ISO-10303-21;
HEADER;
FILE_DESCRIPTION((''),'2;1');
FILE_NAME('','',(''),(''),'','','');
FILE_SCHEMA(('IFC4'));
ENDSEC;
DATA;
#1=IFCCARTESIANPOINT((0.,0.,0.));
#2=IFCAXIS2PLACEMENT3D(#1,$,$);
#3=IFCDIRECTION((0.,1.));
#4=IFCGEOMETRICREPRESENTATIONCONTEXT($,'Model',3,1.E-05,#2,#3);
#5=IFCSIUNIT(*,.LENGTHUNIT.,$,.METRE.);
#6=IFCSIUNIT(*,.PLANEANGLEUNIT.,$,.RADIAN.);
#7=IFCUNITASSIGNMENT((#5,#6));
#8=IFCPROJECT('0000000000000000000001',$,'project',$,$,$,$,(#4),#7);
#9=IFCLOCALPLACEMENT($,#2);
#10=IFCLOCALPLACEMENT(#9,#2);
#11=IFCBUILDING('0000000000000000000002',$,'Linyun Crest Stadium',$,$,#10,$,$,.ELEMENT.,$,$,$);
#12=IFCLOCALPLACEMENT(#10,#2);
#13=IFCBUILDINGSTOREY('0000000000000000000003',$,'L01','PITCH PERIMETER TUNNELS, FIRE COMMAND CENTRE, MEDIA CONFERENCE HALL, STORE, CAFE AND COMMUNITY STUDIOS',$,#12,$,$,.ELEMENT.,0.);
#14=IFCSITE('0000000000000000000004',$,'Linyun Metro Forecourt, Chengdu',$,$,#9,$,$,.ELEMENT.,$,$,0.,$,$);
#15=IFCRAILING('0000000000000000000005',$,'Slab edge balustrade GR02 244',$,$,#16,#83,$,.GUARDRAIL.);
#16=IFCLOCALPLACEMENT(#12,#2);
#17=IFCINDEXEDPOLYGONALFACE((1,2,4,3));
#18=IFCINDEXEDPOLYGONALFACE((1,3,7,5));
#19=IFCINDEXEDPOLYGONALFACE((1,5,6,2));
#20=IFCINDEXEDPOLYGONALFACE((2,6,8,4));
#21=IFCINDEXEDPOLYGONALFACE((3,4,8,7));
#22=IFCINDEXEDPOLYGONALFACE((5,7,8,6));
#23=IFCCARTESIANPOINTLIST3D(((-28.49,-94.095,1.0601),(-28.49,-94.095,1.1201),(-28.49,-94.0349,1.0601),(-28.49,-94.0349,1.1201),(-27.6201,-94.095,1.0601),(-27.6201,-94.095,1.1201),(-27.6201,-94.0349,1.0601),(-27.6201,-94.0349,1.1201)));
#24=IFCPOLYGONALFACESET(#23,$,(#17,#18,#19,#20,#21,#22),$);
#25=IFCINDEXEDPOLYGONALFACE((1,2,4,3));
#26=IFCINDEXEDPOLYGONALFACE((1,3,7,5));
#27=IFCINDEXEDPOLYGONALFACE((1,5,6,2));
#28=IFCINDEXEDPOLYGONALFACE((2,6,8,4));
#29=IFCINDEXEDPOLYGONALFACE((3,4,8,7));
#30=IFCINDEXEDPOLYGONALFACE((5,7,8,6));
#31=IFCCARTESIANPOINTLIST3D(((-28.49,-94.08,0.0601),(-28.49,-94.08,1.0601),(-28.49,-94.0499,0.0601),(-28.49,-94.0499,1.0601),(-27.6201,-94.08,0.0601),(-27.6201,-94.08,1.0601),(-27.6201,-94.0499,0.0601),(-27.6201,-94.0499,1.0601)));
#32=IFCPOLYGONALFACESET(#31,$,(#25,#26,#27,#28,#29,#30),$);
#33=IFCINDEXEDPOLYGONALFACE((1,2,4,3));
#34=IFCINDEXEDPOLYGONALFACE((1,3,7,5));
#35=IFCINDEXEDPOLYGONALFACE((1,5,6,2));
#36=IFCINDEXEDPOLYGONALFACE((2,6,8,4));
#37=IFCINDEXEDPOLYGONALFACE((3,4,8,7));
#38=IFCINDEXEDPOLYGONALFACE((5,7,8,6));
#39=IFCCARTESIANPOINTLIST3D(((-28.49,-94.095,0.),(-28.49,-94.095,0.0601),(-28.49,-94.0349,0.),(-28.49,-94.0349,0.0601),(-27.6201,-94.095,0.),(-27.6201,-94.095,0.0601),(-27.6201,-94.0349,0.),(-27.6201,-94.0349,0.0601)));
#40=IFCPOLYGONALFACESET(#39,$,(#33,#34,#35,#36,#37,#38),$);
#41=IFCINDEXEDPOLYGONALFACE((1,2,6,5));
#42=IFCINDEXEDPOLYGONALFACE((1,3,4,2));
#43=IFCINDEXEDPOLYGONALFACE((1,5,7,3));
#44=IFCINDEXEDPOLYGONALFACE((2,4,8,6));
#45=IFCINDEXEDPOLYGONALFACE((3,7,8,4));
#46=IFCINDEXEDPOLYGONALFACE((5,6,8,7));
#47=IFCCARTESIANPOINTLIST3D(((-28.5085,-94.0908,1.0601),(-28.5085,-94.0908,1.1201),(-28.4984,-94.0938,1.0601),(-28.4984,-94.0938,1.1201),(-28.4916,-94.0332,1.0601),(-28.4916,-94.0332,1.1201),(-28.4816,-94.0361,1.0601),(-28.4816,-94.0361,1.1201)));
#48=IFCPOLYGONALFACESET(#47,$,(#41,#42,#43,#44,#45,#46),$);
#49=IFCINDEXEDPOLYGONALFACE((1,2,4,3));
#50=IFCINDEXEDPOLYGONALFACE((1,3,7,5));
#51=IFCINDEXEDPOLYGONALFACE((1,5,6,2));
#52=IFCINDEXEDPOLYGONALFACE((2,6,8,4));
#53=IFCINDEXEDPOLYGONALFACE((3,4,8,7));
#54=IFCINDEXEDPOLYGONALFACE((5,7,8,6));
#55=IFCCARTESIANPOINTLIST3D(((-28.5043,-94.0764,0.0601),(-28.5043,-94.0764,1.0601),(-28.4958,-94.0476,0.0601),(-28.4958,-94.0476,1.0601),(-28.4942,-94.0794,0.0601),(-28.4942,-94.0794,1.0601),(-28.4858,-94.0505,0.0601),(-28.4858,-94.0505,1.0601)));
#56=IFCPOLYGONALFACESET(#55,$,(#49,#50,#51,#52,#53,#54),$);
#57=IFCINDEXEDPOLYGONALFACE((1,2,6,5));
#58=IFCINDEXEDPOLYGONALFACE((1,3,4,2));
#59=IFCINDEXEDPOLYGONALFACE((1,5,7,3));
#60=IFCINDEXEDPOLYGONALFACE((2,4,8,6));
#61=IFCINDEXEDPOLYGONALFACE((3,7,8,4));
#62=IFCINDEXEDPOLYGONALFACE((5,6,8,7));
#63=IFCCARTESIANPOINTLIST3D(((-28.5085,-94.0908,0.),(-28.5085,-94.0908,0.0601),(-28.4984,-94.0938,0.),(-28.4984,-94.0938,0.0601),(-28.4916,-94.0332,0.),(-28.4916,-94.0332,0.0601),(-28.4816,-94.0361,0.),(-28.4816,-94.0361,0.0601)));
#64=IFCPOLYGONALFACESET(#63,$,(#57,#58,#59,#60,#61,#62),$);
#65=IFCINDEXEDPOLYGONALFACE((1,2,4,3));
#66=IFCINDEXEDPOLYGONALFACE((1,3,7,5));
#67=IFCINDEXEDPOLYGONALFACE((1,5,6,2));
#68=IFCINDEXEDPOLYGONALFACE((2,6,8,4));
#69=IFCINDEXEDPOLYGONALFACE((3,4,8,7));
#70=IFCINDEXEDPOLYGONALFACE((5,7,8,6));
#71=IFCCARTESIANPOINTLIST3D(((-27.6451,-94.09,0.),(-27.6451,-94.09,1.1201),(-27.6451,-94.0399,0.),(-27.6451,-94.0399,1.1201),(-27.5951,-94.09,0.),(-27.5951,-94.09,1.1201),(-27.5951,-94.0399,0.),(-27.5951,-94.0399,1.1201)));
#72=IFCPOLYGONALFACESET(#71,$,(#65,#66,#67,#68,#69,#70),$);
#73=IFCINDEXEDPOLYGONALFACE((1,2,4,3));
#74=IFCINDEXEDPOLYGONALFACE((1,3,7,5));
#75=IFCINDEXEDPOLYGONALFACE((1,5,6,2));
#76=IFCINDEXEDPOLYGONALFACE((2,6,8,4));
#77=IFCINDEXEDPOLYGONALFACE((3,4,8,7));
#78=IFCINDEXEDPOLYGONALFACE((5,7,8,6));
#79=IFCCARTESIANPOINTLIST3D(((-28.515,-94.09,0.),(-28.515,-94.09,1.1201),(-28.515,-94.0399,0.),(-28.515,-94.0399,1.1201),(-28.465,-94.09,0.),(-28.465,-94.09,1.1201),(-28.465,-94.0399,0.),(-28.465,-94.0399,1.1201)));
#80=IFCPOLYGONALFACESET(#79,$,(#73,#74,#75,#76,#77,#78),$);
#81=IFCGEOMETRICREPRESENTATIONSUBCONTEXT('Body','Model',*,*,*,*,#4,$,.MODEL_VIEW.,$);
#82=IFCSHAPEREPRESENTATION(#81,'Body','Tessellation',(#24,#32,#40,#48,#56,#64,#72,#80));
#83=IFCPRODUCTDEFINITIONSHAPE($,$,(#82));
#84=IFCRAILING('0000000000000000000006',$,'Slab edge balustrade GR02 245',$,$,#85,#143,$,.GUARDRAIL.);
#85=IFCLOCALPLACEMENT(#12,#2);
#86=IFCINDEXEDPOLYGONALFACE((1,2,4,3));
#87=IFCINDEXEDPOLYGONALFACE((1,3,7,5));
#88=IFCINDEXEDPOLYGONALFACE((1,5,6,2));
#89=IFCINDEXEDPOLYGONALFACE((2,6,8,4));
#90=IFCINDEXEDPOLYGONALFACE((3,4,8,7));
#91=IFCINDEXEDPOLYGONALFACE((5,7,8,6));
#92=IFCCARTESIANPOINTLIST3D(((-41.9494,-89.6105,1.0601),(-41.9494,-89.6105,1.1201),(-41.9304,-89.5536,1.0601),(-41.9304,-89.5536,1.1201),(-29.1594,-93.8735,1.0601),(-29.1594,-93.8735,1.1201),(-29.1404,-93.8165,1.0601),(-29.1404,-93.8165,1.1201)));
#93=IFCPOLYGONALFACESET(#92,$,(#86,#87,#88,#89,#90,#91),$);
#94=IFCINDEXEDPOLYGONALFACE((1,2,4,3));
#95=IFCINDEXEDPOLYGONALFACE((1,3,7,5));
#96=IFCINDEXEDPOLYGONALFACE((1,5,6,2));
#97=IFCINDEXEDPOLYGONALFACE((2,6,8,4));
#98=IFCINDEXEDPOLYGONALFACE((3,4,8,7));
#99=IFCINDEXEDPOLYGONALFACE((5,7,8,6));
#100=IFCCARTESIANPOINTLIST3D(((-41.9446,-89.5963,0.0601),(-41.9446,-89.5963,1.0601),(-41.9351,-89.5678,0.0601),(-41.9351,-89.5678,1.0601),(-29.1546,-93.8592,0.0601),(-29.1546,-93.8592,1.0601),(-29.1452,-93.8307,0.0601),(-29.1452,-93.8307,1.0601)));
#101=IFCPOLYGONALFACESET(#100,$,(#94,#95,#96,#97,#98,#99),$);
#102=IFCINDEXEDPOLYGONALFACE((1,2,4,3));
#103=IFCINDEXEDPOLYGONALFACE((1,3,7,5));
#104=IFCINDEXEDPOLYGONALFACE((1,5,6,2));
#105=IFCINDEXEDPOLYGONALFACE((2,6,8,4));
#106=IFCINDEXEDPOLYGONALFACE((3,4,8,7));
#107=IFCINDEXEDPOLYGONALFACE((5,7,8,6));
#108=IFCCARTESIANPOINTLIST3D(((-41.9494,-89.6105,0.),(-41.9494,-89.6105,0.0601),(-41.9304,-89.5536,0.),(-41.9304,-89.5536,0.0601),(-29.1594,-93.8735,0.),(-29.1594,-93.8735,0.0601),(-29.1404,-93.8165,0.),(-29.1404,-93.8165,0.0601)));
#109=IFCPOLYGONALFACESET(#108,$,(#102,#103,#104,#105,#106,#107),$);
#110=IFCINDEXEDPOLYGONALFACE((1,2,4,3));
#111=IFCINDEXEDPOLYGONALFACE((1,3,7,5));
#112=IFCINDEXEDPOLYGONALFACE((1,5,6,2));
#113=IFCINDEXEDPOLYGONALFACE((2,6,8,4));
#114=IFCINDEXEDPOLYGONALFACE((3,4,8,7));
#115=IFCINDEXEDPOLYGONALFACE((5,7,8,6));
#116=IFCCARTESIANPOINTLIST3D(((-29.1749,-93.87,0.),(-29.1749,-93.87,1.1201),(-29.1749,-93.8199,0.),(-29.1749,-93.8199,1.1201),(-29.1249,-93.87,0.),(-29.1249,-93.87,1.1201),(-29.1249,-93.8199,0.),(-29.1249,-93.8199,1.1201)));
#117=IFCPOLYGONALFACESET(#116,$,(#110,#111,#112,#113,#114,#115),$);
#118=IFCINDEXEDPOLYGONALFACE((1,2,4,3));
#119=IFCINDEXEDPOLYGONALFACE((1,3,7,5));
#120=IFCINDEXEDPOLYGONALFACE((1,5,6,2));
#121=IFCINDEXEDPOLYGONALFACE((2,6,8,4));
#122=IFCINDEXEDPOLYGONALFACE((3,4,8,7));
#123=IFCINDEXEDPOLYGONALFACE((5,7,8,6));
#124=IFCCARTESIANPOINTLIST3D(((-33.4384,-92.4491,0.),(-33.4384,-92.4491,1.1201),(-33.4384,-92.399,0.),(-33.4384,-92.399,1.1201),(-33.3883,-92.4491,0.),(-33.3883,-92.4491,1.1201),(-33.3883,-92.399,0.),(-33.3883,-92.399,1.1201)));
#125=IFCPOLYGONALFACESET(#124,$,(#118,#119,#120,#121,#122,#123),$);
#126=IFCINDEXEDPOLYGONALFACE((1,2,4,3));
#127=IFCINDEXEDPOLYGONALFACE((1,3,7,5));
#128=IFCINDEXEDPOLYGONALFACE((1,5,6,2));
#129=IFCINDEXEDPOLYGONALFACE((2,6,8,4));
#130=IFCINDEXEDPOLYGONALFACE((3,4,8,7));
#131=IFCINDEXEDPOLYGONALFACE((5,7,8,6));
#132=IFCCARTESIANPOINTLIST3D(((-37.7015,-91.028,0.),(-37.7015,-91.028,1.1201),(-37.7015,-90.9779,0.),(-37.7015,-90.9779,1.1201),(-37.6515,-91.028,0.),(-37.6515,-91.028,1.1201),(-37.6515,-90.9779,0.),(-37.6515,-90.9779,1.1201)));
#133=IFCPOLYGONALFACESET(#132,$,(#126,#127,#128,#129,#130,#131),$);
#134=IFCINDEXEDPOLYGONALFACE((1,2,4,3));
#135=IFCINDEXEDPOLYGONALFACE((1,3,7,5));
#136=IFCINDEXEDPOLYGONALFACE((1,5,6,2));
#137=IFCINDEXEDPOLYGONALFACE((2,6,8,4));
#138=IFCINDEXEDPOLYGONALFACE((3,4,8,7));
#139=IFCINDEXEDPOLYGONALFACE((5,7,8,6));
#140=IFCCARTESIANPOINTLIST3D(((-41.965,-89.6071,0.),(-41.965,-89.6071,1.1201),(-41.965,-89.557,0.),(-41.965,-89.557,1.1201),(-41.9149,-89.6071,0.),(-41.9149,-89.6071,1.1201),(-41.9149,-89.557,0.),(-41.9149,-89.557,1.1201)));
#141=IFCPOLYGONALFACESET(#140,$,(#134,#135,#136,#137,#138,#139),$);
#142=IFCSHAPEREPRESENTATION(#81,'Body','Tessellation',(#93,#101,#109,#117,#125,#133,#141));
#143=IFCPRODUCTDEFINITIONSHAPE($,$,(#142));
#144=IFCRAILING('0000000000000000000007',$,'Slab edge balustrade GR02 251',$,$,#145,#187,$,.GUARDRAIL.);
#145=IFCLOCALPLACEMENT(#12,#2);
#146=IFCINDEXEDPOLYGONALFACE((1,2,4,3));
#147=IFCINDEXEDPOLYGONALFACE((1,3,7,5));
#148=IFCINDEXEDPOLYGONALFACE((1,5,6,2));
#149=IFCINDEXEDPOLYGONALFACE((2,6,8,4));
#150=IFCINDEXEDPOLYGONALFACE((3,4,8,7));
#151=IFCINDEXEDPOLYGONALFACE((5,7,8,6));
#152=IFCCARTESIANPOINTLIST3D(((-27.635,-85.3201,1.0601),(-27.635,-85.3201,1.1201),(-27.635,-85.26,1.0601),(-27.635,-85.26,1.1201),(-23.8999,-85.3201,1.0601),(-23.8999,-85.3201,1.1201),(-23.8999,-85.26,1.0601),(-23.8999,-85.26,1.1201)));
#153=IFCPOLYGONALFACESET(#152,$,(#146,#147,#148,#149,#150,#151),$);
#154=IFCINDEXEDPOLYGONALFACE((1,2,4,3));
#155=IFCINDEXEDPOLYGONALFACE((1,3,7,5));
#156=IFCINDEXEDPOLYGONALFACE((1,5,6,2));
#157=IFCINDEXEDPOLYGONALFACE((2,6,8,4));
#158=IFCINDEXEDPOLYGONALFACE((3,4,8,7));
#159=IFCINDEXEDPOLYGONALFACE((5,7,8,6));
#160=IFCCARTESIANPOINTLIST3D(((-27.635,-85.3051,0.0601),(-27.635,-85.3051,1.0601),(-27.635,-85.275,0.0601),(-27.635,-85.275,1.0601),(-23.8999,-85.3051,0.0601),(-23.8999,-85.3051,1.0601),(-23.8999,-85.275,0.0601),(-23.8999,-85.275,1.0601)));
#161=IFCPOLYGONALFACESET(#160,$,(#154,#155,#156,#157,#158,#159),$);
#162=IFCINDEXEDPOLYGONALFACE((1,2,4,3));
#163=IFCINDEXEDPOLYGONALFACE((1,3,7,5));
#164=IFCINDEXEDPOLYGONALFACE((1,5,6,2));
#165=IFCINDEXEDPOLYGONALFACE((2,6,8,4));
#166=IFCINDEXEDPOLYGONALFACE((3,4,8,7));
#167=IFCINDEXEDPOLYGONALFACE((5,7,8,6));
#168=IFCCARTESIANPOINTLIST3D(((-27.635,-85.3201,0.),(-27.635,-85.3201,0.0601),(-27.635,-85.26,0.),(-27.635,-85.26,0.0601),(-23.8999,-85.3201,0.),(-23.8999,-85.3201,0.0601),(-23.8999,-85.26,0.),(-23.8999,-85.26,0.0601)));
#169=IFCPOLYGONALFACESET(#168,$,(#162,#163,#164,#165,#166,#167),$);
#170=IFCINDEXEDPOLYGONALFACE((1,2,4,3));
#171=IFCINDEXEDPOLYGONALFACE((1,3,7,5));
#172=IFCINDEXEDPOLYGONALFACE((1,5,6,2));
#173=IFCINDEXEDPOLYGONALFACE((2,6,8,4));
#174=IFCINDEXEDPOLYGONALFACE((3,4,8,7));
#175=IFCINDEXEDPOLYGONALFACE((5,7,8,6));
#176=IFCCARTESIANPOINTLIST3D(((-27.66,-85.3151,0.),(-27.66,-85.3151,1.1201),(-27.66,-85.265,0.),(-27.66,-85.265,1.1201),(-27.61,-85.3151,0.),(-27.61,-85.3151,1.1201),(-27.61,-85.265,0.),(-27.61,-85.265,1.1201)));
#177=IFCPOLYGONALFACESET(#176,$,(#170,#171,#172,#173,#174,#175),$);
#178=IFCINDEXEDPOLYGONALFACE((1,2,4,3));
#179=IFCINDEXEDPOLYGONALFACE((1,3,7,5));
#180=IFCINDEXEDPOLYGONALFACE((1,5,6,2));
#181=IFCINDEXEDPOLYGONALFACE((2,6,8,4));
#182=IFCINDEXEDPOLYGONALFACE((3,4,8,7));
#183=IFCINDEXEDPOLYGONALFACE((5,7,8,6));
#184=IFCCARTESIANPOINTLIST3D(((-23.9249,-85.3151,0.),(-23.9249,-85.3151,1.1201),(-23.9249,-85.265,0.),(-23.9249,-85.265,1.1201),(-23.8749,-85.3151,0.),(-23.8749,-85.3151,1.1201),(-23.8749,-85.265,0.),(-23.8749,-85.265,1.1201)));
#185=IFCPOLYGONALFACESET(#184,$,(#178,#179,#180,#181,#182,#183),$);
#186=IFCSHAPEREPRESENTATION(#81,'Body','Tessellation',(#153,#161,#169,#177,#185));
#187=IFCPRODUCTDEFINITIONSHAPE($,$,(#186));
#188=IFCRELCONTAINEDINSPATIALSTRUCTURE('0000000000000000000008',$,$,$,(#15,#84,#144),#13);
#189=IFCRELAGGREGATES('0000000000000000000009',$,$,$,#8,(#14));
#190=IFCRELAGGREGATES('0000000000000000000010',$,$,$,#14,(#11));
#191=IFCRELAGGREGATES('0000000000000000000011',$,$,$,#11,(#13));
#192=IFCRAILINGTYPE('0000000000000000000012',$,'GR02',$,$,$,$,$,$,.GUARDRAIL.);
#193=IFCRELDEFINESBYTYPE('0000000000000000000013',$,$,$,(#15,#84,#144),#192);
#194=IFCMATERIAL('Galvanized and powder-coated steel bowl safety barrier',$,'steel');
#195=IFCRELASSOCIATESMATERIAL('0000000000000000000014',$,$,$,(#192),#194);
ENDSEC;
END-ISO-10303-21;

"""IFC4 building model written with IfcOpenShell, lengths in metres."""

from ifc_helpers import new_model, si_unit, direction, frame, origin, origin_2d, place, context, subcontext, project, spatial, rectangle, extrude, material, type_object, element, save


model = new_model("IFC4")

# Units and contexts
model_context = context("Model", 3, precision=1e-05, world=origin(), true_north=direction((0.0, 1.0)))
body_context = subcontext(model_context, "Body", "Model", "MODEL_VIEW")
ifc_project = project(units=[si_unit("LENGTHUNIT", "METRE"), si_unit("PLANEANGLEUNIT", "RADIAN")], contexts=[model_context])

# Site, building, storey
site_placement = place(None, origin())
site = spatial("IfcSite", under=ifc_project, at=site_placement, Name="Linyun Metro Forecourt, Chengdu", CompositionType="ELEMENT", RefElevation=0.0)
building_placement = place(site_placement, origin())
building = spatial("IfcBuilding", under=site, at=building_placement, Name="Linyun Crest Stadium", CompositionType="ELEMENT")
storey_placement = place(building_placement, origin())
storey = spatial("IfcBuildingStorey", under=building, at=storey_placement, Name="L01", Description="PITCH PERIMETER TUNNELS, FIRE COMMAND CENTRE, MEDIA CONFERENCE HALL, STORE, CAFE AND COMMUNITY STUDIOS", CompositionType="ELEMENT", Elevation=0.0)

# Railings
ifc_material_1 = material(Name="Galvanized and powder-coated steel bowl safety barrier", Category="steel")
railing_type_1 = type_object("IfcRailingType", Name="GR02", PredefinedType="GUARDRAIL", material=ifc_material_1)
railing_1_placement = place(storey_placement, frame((-27.6201, -94.0649, 0.0)))
element("IfcRailing", 1, at=railing_1_placement, inside=storey, type_object=railing_type_1, Name="Slab edge balustrade GR02 244", PredefinedType="GUARDRAIL", context=body_context, shape_type="SweptSolid", body=[
    extrude(rectangle(XDim=0.0601, YDim=0.0601, at=origin_2d()), frame((0.0, 0.0, 1.0901), z_axis=(-1.0, 0.0, 0.0), x_axis=(0.0, -1.0, 0.0)), (0.0, 0.0, 1.0), 0.8699),
    extrude(rectangle(XDim=0.03, YDim=1.0, at=origin_2d()), frame((0.0, 0.0, 0.5601), z_axis=(-1.0, 0.0, 0.0), x_axis=(0.0, -1.0, 0.0)), (0.0, 0.0, 1.0), 0.8699),
    extrude(rectangle(XDim=0.0601, YDim=0.0601, at=origin_2d()), frame((0.0, 0.0, 0.03), z_axis=(-1.0, 0.0, 0.0), x_axis=(0.0, -1.0, 0.0)), (0.0, 0.0, 1.0), 0.8699),
    extrude(rectangle(XDim=0.0601, YDim=0.0601, at=origin_2d()), frame((-0.8699, 0.0, 1.0901), z_axis=(-0.959737, 0.280899, 0.0), x_axis=(-0.280899, -0.959737, 0.0)), (0.0, 0.0, 1.0), 0.0105),
    extrude(rectangle(XDim=0.03, YDim=1.0, at=origin_2d()), frame((-0.8699, 0.0, 0.5601), z_axis=(-0.959737, 0.280899, 0.0), x_axis=(-0.280899, -0.959737, 0.0)), (0.0, 0.0, 1.0), 0.0105),
    extrude(rectangle(XDim=0.0601, YDim=0.0601, at=origin_2d()), frame((-0.8699, 0.0, 0.03), z_axis=(-0.959737, 0.280899, 0.0), x_axis=(-0.280899, -0.959737, 0.0)), (0.0, 0.0, 1.0), 0.0105),
    extrude(rectangle(XDim=0.05, YDim=0.05, at=origin_2d()), origin(), (0.0, 0.0, 1.0), 1.1201),
    extrude(rectangle(XDim=0.05, YDim=0.05, at=origin_2d()), frame((-0.8699, 0.0, 0.0)), (0.0, 0.0, 1.0), 1.1201),
])
railing_2_placement = place(storey_placement, frame((-29.1499, -93.845, 0.0)))
element("IfcRailing", 2, at=railing_2_placement, inside=storey, type_object=railing_type_1, Name="Slab edge balustrade GR02 245", PredefinedType="GUARDRAIL", context=body_context, shape_type="SweptSolid", body=[
    extrude(rectangle(XDim=0.0601, YDim=0.0601, at=origin_2d()), frame((0.0, 0.0, 1.0901), z_axis=(-0.948692, 0.316201, 0.0), x_axis=(-0.316201, -0.948692, 0.0)), (0.0, 0.0, 1.0), 13.4817),
    extrude(rectangle(XDim=0.03, YDim=1.0, at=origin_2d()), frame((0.0, 0.0, 0.5601), z_axis=(-0.948692, 0.316201, 0.0), x_axis=(-0.316201, -0.948692, 0.0)), (0.0, 0.0, 1.0), 13.4817),
    extrude(rectangle(XDim=0.0601, YDim=0.0601, at=origin_2d()), frame((0.0, 0.0, 0.03), z_axis=(-0.948692, 0.316201, 0.0), x_axis=(-0.316201, -0.948692, 0.0)), (0.0, 0.0, 1.0), 13.4817),
    extrude(rectangle(XDim=0.05, YDim=0.05, at=origin_2d()), origin(), (0.0, 0.0, 1.0), 1.1201),
    extrude(rectangle(XDim=0.05, YDim=0.05, at=origin_2d()), frame((-4.2634, 1.4209, 0.0)), (0.0, 0.0, 1.0), 1.1201),
    extrude(rectangle(XDim=0.05, YDim=0.05, at=origin_2d()), frame((-8.5266, 2.842, 0.0)), (0.0, 0.0, 1.0), 1.1201),
    extrude(rectangle(XDim=0.05, YDim=0.05, at=origin_2d()), frame((-12.79, 4.2629, 0.0)), (0.0, 0.0, 1.0), 1.1201),
])
railing_3_placement = place(storey_placement, frame((-27.635, -85.29, 0.0)))
element("IfcRailing", 3, at=railing_3_placement, inside=storey, type_object=railing_type_1, Name="Slab edge balustrade GR02 251", PredefinedType="GUARDRAIL", context=body_context, shape_type="SweptSolid", body=[
    extrude(rectangle(XDim=0.0601, YDim=0.0601, at=origin_2d()), frame((0.0, 0.0, 1.0901), z_axis=(1.0, 0.0, 0.0), x_axis=(0.0, 1.0, 0.0)), (0.0, 0.0, 1.0), 3.7351),
    extrude(rectangle(XDim=0.03, YDim=1.0, at=origin_2d()), frame((0.0, 0.0, 0.5601), z_axis=(1.0, 0.0, 0.0), x_axis=(0.0, 1.0, 0.0)), (0.0, 0.0, 1.0), 3.7351),
    extrude(rectangle(XDim=0.0601, YDim=0.0601, at=origin_2d()), frame((0.0, 0.0, 0.03), z_axis=(1.0, 0.0, 0.0), x_axis=(0.0, 1.0, 0.0)), (0.0, 0.0, 1.0), 3.7351),
    extrude(rectangle(XDim=0.05, YDim=0.05, at=origin_2d()), origin(), (0.0, 0.0, 1.0), 1.1201),
    extrude(rectangle(XDim=0.05, YDim=0.05, at=origin_2d()), frame((3.7351, 0.0, 0.0)), (0.0, 0.0, 1.0), 1.1201),
])

save(model, "model.ifc")
